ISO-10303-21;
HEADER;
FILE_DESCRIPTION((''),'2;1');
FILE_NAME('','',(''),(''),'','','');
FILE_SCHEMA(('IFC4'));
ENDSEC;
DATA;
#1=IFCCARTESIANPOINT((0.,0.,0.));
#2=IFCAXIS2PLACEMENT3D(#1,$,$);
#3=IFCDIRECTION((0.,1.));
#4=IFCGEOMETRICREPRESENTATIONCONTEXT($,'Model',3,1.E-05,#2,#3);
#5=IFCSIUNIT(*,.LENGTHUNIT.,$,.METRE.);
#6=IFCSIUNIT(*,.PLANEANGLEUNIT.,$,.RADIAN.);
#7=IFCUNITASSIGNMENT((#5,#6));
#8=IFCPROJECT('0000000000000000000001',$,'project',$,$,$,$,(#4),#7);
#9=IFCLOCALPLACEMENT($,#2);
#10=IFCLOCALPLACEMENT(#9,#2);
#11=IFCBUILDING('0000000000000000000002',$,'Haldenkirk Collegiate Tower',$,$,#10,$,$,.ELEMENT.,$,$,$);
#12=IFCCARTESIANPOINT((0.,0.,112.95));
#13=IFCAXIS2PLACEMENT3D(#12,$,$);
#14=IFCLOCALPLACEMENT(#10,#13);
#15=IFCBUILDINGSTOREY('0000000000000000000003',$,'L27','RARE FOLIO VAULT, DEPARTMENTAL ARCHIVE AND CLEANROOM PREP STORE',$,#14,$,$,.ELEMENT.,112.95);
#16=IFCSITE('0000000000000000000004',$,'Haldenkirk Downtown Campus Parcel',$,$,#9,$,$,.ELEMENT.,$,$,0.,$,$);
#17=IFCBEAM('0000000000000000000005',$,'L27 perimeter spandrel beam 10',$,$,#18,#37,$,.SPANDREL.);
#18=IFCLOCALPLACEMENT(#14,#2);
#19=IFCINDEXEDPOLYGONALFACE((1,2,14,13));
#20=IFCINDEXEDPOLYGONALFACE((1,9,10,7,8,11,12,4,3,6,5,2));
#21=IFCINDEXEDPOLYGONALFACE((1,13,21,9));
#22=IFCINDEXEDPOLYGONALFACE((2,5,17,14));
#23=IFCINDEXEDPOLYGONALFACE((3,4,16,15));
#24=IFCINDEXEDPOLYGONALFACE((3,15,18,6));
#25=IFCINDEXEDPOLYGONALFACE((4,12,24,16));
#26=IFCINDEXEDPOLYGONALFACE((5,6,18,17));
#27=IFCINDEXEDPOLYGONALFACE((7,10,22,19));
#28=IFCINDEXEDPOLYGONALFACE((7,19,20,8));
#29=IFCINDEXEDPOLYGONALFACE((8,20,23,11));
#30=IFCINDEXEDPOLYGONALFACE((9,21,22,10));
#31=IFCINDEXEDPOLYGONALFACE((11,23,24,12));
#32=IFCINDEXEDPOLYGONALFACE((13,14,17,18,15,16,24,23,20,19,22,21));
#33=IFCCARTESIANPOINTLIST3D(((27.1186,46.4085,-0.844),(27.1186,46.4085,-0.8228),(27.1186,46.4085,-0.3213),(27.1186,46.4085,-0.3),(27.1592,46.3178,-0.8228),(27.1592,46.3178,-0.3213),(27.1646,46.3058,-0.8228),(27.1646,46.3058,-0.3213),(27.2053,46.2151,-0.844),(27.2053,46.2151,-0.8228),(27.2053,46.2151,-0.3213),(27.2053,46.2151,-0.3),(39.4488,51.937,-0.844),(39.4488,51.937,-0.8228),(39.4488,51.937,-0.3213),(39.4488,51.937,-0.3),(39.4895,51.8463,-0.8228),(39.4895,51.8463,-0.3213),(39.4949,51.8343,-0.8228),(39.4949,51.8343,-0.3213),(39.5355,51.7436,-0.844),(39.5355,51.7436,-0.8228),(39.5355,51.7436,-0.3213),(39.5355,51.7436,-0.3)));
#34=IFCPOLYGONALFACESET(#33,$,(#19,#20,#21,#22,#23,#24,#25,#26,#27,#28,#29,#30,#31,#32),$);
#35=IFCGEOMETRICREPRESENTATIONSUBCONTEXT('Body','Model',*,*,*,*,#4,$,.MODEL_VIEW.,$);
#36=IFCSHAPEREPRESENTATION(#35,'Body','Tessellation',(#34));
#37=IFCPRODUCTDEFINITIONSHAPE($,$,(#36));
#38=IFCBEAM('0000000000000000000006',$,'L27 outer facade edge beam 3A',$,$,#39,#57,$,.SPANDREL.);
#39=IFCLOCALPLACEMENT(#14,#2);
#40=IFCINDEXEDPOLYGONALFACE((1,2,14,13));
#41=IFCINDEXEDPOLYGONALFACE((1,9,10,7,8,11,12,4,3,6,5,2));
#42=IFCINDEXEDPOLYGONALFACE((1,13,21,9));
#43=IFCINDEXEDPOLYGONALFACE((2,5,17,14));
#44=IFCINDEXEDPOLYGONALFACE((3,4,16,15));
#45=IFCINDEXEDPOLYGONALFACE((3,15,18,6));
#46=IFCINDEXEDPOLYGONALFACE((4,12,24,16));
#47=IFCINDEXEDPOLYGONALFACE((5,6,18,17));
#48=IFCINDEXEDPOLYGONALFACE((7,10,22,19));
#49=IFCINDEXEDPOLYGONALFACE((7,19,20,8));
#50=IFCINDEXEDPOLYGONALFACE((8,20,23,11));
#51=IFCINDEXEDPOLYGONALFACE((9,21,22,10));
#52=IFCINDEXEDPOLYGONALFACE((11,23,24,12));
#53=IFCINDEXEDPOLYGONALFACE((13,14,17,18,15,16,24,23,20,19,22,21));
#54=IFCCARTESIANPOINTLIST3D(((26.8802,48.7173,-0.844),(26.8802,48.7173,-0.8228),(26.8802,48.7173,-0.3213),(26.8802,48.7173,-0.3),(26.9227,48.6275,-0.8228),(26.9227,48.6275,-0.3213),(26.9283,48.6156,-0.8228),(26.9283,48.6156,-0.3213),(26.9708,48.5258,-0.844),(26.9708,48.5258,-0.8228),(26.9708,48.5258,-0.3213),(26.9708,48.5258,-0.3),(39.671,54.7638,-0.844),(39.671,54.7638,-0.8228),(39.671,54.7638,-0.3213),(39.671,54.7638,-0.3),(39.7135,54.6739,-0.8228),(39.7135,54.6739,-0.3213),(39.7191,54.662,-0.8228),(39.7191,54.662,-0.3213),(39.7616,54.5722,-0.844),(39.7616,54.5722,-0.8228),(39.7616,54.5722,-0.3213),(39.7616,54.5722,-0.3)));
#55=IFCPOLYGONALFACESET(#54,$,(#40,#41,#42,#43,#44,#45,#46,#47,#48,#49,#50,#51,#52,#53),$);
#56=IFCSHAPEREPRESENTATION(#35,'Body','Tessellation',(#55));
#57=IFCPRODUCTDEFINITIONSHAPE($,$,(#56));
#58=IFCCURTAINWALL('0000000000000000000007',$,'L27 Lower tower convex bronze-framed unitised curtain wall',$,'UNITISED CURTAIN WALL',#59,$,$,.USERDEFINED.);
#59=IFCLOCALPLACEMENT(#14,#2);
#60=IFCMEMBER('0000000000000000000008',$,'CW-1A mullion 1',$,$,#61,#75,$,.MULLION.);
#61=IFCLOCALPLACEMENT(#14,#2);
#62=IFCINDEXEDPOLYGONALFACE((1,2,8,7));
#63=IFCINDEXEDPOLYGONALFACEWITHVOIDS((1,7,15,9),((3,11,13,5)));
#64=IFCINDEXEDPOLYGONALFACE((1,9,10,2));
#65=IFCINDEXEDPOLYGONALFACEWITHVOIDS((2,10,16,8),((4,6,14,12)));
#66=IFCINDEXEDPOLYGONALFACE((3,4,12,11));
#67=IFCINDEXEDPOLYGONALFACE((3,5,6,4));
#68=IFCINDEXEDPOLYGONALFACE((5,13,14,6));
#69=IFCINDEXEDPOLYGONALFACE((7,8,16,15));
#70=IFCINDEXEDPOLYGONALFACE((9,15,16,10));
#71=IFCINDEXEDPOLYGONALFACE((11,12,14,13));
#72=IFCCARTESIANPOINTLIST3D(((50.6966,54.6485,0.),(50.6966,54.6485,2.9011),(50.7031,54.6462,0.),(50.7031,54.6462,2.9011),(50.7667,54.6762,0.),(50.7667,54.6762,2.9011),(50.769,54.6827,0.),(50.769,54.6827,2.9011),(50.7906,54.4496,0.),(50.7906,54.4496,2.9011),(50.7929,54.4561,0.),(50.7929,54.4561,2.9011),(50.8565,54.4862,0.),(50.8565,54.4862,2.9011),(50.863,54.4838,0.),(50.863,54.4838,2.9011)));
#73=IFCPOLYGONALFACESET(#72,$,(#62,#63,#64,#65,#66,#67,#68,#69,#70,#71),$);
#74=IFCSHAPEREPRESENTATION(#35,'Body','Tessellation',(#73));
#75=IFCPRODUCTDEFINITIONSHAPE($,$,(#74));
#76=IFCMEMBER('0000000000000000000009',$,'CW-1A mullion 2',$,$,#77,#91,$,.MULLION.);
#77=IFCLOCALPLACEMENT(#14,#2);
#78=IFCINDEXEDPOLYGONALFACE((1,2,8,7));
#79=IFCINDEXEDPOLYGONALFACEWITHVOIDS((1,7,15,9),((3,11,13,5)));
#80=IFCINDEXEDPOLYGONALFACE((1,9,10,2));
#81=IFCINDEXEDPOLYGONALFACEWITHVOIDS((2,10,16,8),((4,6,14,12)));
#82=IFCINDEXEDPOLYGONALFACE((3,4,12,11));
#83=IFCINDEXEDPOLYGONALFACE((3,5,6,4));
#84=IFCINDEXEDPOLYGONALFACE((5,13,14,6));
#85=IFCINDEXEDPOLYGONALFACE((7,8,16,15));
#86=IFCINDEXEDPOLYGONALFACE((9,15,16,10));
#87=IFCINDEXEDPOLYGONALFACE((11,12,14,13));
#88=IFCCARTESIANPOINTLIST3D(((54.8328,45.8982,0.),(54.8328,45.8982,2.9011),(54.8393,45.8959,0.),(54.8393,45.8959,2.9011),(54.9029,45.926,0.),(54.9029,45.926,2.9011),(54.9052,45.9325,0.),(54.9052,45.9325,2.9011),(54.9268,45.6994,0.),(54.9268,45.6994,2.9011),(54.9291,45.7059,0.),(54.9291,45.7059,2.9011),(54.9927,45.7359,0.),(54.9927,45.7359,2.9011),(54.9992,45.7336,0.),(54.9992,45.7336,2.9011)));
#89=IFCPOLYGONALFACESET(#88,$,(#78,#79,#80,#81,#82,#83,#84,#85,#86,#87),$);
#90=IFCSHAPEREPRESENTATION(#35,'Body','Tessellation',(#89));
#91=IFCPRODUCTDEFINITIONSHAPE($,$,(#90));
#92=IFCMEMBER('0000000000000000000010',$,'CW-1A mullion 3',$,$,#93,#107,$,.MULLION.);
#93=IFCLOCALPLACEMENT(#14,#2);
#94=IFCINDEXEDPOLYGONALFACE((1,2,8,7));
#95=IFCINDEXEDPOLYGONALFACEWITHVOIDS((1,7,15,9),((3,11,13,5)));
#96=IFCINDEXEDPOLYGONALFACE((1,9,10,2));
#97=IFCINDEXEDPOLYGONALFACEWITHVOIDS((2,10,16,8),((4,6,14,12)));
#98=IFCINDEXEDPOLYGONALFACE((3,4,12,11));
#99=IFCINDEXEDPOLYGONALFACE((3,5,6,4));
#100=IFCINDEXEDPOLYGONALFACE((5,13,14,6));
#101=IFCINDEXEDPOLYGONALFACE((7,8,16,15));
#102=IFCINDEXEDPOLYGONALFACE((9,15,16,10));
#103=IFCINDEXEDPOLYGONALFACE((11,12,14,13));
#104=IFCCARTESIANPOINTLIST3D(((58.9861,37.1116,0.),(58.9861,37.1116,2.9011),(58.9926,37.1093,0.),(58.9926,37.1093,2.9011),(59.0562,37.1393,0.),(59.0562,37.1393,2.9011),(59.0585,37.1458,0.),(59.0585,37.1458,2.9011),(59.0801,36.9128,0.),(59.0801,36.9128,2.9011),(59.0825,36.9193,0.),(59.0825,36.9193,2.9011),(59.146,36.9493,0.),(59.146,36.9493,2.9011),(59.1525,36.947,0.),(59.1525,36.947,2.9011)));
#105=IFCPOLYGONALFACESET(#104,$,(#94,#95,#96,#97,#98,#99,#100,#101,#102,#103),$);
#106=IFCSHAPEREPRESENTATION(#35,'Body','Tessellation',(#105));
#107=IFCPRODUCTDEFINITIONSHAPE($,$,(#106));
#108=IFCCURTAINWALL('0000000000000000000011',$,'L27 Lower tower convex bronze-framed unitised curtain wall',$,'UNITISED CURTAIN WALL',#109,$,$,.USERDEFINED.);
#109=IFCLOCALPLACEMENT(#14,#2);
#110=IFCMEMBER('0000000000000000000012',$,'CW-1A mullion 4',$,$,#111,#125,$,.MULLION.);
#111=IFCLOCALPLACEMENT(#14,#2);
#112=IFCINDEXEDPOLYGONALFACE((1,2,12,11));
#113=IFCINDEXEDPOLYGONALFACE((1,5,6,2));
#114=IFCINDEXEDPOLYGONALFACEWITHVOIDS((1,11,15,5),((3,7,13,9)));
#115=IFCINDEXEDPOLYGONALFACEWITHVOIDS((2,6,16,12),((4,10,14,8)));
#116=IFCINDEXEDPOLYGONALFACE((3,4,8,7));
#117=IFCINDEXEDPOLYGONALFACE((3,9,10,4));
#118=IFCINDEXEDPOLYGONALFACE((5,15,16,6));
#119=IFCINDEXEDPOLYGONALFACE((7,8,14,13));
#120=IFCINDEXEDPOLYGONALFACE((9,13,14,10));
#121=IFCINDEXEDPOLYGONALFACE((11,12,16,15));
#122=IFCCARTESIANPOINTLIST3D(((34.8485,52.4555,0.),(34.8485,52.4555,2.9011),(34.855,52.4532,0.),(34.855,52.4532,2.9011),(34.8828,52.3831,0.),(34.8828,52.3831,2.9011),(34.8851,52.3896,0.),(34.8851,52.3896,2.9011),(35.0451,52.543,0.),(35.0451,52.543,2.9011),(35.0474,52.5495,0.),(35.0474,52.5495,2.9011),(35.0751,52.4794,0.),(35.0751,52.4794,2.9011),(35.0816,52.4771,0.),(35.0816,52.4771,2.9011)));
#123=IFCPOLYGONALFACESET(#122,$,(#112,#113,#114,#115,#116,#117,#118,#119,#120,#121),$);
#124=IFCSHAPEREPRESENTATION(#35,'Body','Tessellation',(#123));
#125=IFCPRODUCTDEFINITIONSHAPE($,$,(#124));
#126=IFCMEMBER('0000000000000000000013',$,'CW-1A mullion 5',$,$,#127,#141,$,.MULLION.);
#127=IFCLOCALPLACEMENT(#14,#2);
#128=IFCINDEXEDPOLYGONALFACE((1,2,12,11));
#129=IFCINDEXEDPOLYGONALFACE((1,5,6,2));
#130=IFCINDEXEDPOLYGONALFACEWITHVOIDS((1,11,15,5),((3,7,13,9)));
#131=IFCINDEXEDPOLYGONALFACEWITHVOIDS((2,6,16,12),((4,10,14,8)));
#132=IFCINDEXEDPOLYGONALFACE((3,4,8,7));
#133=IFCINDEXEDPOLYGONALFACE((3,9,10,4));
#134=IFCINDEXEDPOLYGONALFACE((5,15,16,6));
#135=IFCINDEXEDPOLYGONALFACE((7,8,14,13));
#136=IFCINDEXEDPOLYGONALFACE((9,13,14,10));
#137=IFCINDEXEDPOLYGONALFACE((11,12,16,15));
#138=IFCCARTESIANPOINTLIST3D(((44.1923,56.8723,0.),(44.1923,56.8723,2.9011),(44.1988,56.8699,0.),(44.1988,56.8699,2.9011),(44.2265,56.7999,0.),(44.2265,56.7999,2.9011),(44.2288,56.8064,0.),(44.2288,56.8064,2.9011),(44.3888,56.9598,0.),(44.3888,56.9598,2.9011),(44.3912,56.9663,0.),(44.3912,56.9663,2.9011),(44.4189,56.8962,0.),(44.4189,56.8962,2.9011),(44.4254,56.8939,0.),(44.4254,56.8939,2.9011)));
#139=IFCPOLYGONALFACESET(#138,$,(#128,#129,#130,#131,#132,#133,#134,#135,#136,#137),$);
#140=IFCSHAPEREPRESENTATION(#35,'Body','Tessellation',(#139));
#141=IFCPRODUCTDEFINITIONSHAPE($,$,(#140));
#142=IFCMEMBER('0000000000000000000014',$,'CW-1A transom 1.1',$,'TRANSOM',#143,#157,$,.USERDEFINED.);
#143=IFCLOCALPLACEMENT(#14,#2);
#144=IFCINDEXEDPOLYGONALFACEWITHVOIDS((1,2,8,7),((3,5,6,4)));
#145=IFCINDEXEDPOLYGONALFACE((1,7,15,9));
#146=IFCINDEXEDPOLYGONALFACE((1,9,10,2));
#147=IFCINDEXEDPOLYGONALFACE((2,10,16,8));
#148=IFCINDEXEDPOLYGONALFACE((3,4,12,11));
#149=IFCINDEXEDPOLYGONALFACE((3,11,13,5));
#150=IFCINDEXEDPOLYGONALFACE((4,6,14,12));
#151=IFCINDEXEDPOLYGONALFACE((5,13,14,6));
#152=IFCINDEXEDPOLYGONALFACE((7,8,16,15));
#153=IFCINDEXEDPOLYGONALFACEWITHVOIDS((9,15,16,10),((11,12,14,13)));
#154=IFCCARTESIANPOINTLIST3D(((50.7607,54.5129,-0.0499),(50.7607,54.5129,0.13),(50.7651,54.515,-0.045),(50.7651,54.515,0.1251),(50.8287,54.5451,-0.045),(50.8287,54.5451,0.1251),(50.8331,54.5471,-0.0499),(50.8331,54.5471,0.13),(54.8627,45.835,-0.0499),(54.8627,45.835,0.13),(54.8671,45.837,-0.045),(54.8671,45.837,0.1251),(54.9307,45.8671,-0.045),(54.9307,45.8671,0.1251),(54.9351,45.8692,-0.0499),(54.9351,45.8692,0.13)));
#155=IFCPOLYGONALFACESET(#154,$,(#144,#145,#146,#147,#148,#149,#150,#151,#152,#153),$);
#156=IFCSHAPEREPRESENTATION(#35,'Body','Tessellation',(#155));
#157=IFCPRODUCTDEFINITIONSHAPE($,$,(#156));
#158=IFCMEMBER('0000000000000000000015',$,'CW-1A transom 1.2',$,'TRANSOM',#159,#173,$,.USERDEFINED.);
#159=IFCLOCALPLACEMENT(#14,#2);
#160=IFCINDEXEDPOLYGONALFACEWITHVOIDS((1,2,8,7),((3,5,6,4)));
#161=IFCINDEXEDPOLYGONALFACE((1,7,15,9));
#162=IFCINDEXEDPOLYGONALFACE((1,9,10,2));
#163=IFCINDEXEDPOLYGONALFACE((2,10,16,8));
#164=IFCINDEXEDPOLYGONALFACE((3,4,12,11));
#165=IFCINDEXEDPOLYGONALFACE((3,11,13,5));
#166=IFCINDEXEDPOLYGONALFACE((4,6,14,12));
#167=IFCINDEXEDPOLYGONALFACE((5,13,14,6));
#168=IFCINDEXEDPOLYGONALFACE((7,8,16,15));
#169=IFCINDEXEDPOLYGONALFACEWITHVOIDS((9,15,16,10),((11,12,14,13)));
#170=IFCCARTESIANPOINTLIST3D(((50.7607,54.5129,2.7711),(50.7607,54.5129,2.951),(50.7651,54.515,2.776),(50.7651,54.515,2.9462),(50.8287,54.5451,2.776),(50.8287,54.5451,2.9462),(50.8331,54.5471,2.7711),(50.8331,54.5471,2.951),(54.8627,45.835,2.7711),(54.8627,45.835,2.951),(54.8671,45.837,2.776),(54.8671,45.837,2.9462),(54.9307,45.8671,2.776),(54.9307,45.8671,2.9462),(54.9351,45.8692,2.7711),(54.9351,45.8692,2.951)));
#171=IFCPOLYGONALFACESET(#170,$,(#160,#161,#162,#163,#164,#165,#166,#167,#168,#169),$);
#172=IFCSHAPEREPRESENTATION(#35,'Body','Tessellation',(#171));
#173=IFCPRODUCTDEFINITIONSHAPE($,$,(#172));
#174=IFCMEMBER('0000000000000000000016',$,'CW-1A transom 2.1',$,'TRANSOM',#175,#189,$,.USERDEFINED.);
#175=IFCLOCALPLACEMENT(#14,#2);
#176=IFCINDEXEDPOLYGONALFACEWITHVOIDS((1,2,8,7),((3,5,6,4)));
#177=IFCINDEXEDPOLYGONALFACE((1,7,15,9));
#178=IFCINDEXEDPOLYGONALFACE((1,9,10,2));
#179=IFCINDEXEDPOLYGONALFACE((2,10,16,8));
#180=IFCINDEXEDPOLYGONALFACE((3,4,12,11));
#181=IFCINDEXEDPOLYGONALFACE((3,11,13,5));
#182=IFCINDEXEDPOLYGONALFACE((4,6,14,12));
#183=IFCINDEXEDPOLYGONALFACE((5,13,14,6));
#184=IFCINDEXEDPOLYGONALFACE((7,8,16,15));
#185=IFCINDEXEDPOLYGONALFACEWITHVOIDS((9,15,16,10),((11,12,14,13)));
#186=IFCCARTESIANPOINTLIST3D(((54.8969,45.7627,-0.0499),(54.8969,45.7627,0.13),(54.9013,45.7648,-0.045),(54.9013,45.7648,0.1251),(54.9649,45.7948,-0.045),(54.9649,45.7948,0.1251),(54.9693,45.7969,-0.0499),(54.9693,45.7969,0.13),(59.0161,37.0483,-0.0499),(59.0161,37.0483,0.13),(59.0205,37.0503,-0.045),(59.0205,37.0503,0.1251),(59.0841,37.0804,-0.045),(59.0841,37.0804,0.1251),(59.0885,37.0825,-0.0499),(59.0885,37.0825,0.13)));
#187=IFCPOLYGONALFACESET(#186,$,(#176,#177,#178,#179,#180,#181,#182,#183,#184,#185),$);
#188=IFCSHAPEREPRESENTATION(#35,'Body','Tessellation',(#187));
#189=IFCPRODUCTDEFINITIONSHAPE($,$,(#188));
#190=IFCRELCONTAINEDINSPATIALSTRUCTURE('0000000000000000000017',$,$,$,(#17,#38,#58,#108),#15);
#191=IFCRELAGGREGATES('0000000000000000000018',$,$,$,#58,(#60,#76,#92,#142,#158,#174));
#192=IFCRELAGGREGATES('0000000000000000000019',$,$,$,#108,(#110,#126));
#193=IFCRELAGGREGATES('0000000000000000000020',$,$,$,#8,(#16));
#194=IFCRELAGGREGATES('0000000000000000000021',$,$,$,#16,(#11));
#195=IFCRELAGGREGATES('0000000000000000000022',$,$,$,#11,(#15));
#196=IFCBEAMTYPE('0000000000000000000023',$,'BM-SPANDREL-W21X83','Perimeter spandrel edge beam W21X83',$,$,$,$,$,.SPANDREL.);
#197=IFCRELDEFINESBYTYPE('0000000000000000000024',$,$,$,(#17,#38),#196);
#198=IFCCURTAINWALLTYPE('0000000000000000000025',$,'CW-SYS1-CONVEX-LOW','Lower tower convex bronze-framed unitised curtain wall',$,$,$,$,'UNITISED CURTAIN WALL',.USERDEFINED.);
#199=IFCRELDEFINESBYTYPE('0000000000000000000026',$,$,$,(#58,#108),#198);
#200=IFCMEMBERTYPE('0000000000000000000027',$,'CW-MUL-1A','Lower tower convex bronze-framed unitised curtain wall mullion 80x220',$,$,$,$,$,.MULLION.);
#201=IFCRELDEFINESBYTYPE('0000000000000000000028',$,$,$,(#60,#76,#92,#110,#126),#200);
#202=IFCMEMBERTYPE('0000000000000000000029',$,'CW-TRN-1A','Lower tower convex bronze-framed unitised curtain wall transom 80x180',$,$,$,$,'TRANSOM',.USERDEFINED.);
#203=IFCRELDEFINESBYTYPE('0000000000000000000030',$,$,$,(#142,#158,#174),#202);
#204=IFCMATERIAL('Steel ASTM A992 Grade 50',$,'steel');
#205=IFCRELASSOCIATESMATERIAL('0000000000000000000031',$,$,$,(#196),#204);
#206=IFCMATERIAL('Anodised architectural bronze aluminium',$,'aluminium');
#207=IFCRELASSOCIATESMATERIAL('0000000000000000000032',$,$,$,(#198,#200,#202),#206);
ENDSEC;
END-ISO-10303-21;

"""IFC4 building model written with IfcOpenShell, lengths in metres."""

from ifc_helpers import new_model, si_unit, direction, frame, origin, origin_2d, place, context, subcontext, project, spatial, hollow_rectangle, i_section, extrude, material, material_profile, profile_set, type_object, element, aggregate, save


model = new_model("IFC4")

# Units and contexts
model_context = context("Model", 3, precision=1e-05, world=origin(), true_north=direction((0.0, 1.0)))
body_context = subcontext(model_context, "Body", "Model", "MODEL_VIEW")
ifc_project = project(units=[si_unit("LENGTHUNIT", "METRE"), si_unit("PLANEANGLEUNIT", "RADIAN")], contexts=[model_context])

# Site, building, storey
site_placement = place(None, origin())
site = spatial("IfcSite", under=ifc_project, at=site_placement, Name="Haldenkirk Downtown Campus Parcel", CompositionType="ELEMENT", RefElevation=0.0)
building_placement = place(site_placement, origin())
building = spatial("IfcBuilding", under=site, at=building_placement, Name="Haldenkirk Collegiate Tower", CompositionType="ELEMENT")
storey_placement = place(building_placement, frame((0.0, 0.0, 112.95)))
storey = spatial("IfcBuildingStorey", under=building, at=storey_placement, Name="L27", Description="RARE FOLIO VAULT, DEPARTMENTAL ARCHIVE AND CLEANROOM PREP STORE", CompositionType="ELEMENT", Elevation=112.95)

# Beams
ifc_material_1 = material(Name="Steel ASTM A992 Grade 50", Category="steel")
ifc_material_profile_1 = material_profile(ifc_material_1, i_section(OverallWidth=0.2119, OverallDepth=0.5439, WebThickness=0.0132, FlangeThickness=0.0212, at=origin_2d()), Name="W21X83")
ifc_profile_set_1 = profile_set([ifc_material_profile_1], Name="Steel ASTM A992 Grade 50")
beam_type_1 = type_object("IfcBeamType", Name="BM-SPANDREL-W21X83", Description="Perimeter spandrel edge beam W21X83", PredefinedType="SPANDREL", material=ifc_profile_set_1)
beam_1_placement = place(storey_placement, frame((39.4922, 51.8403, -0.572), z_axis=(-0.912477, -0.409129, 0.0), x_axis=(0.409129, -0.912477, 0.0)))
element("IfcBeam", 1, at=beam_1_placement, inside=storey, type_object=beam_type_1, Name="L27 perimeter spandrel beam 10", PredefinedType="SPANDREL", context=body_context, shape_type="SweptSolid", body=[
    extrude(i_section(OverallWidth=0.2119, OverallDepth=0.5439, WebThickness=0.0132, FlangeThickness=0.0212, at=origin_2d()), origin(), (0.0, 0.0, 1.0), 13.5129),
])
beam_2_placement = place(storey_placement, frame((39.7163, 54.668, -0.572), z_axis=(-0.904077, -0.42737, 0.0), x_axis=(0.42737, -0.904077, 0.0)))
element("IfcBeam", 2, at=beam_2_placement, inside=storey, type_object=beam_type_1, Name="L27 outer facade edge beam 3A", PredefinedType="SPANDREL", context=body_context, shape_type="SweptSolid", body=[
    extrude(i_section(OverallWidth=0.2119, OverallDepth=0.5439, WebThickness=0.0132, FlangeThickness=0.0212, at=origin_2d()), origin(), (0.0, 0.0, 1.0), 14.1479),
])

# Curtain walls, members
ifc_material_2 = material(Name="Anodised architectural bronze aluminium", Category="aluminium")
curtain_wall_type = type_object("IfcCurtainWallType", Name="CW-SYS1-CONVEX-LOW", Description="Lower tower convex bronze-framed unitised curtain wall", ElementType="UNITISED CURTAIN WALL", PredefinedType="USERDEFINED", material=ifc_material_2)
curtain_wall_1_placement = place(storey_placement, origin())
curtain_wall_1 = element("IfcCurtainWall", 3, at=curtain_wall_1_placement, inside=storey, type_object=curtain_wall_type, Name="L27 Lower tower convex bronze-framed unitised curtain wall", ObjectType="UNITISED CURTAIN WALL", PredefinedType="USERDEFINED")
ifc_material_profile_2 = material_profile(ifc_material_2, hollow_rectangle(XDim=0.0801, YDim=0.22, WallThickness=0.0049, at=origin_2d()), Name="CW-MUL-1A")
ifc_profile_set_2 = profile_set([ifc_material_profile_2], Name="Anodised architectural bronze aluminium")
member_type_1 = type_object("IfcMemberType", Name="CW-MUL-1A", Description="Lower tower convex bronze-framed unitised curtain wall mullion 80x220", PredefinedType="MULLION", material=ifc_profile_set_2)
member_1_placement = place(storey_placement, frame((50.7798, 54.5662, 0.0), z_axis=(0.0, 0.0, 1.0), x_axis=(0.904083, 0.427357, 0.0)))
member_1 = element("IfcMember", 4, at=member_1_placement, type_object=member_type_1, Name="CW-1A mullion 1", PredefinedType="MULLION", context=body_context, shape_type="SweptSolid", body=[
    extrude(hollow_rectangle(XDim=0.0801, YDim=0.22, WallThickness=0.0049, at=origin_2d()), origin(), (0.0, 0.0, 1.0), 2.9011),
])
member_2_placement = place(storey_placement, frame((54.916, 45.8159, 0.0), z_axis=(0.0, 0.0, 1.0), x_axis=(0.904083, 0.427357, 0.0)))
member_2 = element("IfcMember", 5, at=member_2_placement, type_object=member_type_1, Name="CW-1A mullion 2", PredefinedType="MULLION", context=body_context, shape_type="SweptSolid", body=[
    extrude(hollow_rectangle(XDim=0.0801, YDim=0.22, WallThickness=0.0049, at=origin_2d()), origin(), (0.0, 0.0, 1.0), 2.9011),
])
member_3_placement = place(storey_placement, frame((59.0693, 37.0293, 0.0), z_axis=(0.0, 0.0, 1.0), x_axis=(0.904083, 0.427357, 0.0)))
member_3 = element("IfcMember", 6, at=member_3_placement, type_object=member_type_1, Name="CW-1A mullion 3", PredefinedType="MULLION", context=body_context, shape_type="SweptSolid", body=[
    extrude(hollow_rectangle(XDim=0.0801, YDim=0.22, WallThickness=0.0049, at=origin_2d()), origin(), (0.0, 0.0, 1.0), 2.9011),
])
curtain_wall_2_placement = place(storey_placement, origin())
curtain_wall_2 = element("IfcCurtainWall", 7, at=curtain_wall_2_placement, inside=storey, type_object=curtain_wall_type, Name="L27 Lower tower convex bronze-framed unitised curtain wall", ObjectType="UNITISED CURTAIN WALL", PredefinedType="USERDEFINED")
member_4_placement = place(storey_placement, frame((34.9651, 52.4663, 0.0), z_axis=(0.0, 0.0, 1.0), x_axis=(-0.427359, 0.904082, 0.0)))
member_4 = element("IfcMember", 8, at=member_4_placement, type_object=member_type_1, Name="CW-1A mullion 4", PredefinedType="MULLION", context=body_context, shape_type="SweptSolid", body=[
    extrude(hollow_rectangle(XDim=0.0801, YDim=0.22, WallThickness=0.0049, at=origin_2d()), origin(), (0.0, 0.0, 1.0), 2.9011),
])
member_5_placement = place(storey_placement, frame((44.3088, 56.8831, 0.0), z_axis=(0.0, 0.0, 1.0), x_axis=(-0.427359, 0.904082, 0.0)))
member_5 = element("IfcMember", 9, at=member_5_placement, type_object=member_type_1, Name="CW-1A mullion 5", PredefinedType="MULLION", context=body_context, shape_type="SweptSolid", body=[
    extrude(hollow_rectangle(XDim=0.0801, YDim=0.22, WallThickness=0.0049, at=origin_2d()), origin(), (0.0, 0.0, 1.0), 2.9011),
])

# Members
ifc_material_profile_3 = material_profile(ifc_material_2, hollow_rectangle(XDim=0.0801, YDim=0.1799, WallThickness=0.0049, at=origin_2d()), Name="CW-TRN-1A")
ifc_profile_set_3 = profile_set([ifc_material_profile_3], Name="Anodised architectural bronze aluminium")
member_type_2 = type_object("IfcMemberType", Name="CW-TRN-1A", Description="Lower tower convex bronze-framed unitised curtain wall transom 80x180", ElementType="TRANSOM", PredefinedType="USERDEFINED", material=ifc_profile_set_3)
member_6_placement = place(storey_placement, frame((50.7969, 54.53, 0.04), z_axis=(0.427357, -0.904083, 0.0), x_axis=(0.904083, 0.427357, 0.0)))
member_6 = element("IfcMember", 10, at=member_6_placement, type_object=member_type_2, Name="CW-1A transom 1.1", ObjectType="TRANSOM", PredefinedType="USERDEFINED", context=body_context, shape_type="SweptSolid", body=[
    extrude(hollow_rectangle(XDim=0.0801, YDim=0.1799, WallThickness=0.0049, at=origin_2d()), origin(), (0.0, 0.0, 1.0), 9.5986),
])
member_7_placement = place(storey_placement, frame((50.7969, 54.53, 2.8611), z_axis=(0.427357, -0.904083, 0.0), x_axis=(0.904083, 0.427357, 0.0)))
member_7 = element("IfcMember", 11, at=member_7_placement, type_object=member_type_2, Name="CW-1A transom 1.2", ObjectType="TRANSOM", PredefinedType="USERDEFINED", context=body_context, shape_type="SweptSolid", body=[
    extrude(hollow_rectangle(XDim=0.0801, YDim=0.1799, WallThickness=0.0049, at=origin_2d()), origin(), (0.0, 0.0, 1.0), 9.5986),
])
member_8_placement = place(storey_placement, frame((54.9331, 45.7798, 0.04), z_axis=(0.427348, -0.904087, 0.0), x_axis=(0.904087, 0.427348, 0.0)))
member_8 = element("IfcMember", 12, at=member_8_placement, type_object=member_type_2, Name="CW-1A transom 2.1", ObjectType="TRANSOM", PredefinedType="USERDEFINED", context=body_context, shape_type="SweptSolid", body=[
    extrude(hollow_rectangle(XDim=0.0801, YDim=0.1799, WallThickness=0.0049, at=origin_2d()), origin(), (0.0, 0.0, 1.0), 9.6389),
])

aggregate(curtain_wall_1, [member_1, member_2, member_3, member_6, member_7, member_8])
aggregate(curtain_wall_2, [member_4, member_5])

save(model, "model.ifc")
